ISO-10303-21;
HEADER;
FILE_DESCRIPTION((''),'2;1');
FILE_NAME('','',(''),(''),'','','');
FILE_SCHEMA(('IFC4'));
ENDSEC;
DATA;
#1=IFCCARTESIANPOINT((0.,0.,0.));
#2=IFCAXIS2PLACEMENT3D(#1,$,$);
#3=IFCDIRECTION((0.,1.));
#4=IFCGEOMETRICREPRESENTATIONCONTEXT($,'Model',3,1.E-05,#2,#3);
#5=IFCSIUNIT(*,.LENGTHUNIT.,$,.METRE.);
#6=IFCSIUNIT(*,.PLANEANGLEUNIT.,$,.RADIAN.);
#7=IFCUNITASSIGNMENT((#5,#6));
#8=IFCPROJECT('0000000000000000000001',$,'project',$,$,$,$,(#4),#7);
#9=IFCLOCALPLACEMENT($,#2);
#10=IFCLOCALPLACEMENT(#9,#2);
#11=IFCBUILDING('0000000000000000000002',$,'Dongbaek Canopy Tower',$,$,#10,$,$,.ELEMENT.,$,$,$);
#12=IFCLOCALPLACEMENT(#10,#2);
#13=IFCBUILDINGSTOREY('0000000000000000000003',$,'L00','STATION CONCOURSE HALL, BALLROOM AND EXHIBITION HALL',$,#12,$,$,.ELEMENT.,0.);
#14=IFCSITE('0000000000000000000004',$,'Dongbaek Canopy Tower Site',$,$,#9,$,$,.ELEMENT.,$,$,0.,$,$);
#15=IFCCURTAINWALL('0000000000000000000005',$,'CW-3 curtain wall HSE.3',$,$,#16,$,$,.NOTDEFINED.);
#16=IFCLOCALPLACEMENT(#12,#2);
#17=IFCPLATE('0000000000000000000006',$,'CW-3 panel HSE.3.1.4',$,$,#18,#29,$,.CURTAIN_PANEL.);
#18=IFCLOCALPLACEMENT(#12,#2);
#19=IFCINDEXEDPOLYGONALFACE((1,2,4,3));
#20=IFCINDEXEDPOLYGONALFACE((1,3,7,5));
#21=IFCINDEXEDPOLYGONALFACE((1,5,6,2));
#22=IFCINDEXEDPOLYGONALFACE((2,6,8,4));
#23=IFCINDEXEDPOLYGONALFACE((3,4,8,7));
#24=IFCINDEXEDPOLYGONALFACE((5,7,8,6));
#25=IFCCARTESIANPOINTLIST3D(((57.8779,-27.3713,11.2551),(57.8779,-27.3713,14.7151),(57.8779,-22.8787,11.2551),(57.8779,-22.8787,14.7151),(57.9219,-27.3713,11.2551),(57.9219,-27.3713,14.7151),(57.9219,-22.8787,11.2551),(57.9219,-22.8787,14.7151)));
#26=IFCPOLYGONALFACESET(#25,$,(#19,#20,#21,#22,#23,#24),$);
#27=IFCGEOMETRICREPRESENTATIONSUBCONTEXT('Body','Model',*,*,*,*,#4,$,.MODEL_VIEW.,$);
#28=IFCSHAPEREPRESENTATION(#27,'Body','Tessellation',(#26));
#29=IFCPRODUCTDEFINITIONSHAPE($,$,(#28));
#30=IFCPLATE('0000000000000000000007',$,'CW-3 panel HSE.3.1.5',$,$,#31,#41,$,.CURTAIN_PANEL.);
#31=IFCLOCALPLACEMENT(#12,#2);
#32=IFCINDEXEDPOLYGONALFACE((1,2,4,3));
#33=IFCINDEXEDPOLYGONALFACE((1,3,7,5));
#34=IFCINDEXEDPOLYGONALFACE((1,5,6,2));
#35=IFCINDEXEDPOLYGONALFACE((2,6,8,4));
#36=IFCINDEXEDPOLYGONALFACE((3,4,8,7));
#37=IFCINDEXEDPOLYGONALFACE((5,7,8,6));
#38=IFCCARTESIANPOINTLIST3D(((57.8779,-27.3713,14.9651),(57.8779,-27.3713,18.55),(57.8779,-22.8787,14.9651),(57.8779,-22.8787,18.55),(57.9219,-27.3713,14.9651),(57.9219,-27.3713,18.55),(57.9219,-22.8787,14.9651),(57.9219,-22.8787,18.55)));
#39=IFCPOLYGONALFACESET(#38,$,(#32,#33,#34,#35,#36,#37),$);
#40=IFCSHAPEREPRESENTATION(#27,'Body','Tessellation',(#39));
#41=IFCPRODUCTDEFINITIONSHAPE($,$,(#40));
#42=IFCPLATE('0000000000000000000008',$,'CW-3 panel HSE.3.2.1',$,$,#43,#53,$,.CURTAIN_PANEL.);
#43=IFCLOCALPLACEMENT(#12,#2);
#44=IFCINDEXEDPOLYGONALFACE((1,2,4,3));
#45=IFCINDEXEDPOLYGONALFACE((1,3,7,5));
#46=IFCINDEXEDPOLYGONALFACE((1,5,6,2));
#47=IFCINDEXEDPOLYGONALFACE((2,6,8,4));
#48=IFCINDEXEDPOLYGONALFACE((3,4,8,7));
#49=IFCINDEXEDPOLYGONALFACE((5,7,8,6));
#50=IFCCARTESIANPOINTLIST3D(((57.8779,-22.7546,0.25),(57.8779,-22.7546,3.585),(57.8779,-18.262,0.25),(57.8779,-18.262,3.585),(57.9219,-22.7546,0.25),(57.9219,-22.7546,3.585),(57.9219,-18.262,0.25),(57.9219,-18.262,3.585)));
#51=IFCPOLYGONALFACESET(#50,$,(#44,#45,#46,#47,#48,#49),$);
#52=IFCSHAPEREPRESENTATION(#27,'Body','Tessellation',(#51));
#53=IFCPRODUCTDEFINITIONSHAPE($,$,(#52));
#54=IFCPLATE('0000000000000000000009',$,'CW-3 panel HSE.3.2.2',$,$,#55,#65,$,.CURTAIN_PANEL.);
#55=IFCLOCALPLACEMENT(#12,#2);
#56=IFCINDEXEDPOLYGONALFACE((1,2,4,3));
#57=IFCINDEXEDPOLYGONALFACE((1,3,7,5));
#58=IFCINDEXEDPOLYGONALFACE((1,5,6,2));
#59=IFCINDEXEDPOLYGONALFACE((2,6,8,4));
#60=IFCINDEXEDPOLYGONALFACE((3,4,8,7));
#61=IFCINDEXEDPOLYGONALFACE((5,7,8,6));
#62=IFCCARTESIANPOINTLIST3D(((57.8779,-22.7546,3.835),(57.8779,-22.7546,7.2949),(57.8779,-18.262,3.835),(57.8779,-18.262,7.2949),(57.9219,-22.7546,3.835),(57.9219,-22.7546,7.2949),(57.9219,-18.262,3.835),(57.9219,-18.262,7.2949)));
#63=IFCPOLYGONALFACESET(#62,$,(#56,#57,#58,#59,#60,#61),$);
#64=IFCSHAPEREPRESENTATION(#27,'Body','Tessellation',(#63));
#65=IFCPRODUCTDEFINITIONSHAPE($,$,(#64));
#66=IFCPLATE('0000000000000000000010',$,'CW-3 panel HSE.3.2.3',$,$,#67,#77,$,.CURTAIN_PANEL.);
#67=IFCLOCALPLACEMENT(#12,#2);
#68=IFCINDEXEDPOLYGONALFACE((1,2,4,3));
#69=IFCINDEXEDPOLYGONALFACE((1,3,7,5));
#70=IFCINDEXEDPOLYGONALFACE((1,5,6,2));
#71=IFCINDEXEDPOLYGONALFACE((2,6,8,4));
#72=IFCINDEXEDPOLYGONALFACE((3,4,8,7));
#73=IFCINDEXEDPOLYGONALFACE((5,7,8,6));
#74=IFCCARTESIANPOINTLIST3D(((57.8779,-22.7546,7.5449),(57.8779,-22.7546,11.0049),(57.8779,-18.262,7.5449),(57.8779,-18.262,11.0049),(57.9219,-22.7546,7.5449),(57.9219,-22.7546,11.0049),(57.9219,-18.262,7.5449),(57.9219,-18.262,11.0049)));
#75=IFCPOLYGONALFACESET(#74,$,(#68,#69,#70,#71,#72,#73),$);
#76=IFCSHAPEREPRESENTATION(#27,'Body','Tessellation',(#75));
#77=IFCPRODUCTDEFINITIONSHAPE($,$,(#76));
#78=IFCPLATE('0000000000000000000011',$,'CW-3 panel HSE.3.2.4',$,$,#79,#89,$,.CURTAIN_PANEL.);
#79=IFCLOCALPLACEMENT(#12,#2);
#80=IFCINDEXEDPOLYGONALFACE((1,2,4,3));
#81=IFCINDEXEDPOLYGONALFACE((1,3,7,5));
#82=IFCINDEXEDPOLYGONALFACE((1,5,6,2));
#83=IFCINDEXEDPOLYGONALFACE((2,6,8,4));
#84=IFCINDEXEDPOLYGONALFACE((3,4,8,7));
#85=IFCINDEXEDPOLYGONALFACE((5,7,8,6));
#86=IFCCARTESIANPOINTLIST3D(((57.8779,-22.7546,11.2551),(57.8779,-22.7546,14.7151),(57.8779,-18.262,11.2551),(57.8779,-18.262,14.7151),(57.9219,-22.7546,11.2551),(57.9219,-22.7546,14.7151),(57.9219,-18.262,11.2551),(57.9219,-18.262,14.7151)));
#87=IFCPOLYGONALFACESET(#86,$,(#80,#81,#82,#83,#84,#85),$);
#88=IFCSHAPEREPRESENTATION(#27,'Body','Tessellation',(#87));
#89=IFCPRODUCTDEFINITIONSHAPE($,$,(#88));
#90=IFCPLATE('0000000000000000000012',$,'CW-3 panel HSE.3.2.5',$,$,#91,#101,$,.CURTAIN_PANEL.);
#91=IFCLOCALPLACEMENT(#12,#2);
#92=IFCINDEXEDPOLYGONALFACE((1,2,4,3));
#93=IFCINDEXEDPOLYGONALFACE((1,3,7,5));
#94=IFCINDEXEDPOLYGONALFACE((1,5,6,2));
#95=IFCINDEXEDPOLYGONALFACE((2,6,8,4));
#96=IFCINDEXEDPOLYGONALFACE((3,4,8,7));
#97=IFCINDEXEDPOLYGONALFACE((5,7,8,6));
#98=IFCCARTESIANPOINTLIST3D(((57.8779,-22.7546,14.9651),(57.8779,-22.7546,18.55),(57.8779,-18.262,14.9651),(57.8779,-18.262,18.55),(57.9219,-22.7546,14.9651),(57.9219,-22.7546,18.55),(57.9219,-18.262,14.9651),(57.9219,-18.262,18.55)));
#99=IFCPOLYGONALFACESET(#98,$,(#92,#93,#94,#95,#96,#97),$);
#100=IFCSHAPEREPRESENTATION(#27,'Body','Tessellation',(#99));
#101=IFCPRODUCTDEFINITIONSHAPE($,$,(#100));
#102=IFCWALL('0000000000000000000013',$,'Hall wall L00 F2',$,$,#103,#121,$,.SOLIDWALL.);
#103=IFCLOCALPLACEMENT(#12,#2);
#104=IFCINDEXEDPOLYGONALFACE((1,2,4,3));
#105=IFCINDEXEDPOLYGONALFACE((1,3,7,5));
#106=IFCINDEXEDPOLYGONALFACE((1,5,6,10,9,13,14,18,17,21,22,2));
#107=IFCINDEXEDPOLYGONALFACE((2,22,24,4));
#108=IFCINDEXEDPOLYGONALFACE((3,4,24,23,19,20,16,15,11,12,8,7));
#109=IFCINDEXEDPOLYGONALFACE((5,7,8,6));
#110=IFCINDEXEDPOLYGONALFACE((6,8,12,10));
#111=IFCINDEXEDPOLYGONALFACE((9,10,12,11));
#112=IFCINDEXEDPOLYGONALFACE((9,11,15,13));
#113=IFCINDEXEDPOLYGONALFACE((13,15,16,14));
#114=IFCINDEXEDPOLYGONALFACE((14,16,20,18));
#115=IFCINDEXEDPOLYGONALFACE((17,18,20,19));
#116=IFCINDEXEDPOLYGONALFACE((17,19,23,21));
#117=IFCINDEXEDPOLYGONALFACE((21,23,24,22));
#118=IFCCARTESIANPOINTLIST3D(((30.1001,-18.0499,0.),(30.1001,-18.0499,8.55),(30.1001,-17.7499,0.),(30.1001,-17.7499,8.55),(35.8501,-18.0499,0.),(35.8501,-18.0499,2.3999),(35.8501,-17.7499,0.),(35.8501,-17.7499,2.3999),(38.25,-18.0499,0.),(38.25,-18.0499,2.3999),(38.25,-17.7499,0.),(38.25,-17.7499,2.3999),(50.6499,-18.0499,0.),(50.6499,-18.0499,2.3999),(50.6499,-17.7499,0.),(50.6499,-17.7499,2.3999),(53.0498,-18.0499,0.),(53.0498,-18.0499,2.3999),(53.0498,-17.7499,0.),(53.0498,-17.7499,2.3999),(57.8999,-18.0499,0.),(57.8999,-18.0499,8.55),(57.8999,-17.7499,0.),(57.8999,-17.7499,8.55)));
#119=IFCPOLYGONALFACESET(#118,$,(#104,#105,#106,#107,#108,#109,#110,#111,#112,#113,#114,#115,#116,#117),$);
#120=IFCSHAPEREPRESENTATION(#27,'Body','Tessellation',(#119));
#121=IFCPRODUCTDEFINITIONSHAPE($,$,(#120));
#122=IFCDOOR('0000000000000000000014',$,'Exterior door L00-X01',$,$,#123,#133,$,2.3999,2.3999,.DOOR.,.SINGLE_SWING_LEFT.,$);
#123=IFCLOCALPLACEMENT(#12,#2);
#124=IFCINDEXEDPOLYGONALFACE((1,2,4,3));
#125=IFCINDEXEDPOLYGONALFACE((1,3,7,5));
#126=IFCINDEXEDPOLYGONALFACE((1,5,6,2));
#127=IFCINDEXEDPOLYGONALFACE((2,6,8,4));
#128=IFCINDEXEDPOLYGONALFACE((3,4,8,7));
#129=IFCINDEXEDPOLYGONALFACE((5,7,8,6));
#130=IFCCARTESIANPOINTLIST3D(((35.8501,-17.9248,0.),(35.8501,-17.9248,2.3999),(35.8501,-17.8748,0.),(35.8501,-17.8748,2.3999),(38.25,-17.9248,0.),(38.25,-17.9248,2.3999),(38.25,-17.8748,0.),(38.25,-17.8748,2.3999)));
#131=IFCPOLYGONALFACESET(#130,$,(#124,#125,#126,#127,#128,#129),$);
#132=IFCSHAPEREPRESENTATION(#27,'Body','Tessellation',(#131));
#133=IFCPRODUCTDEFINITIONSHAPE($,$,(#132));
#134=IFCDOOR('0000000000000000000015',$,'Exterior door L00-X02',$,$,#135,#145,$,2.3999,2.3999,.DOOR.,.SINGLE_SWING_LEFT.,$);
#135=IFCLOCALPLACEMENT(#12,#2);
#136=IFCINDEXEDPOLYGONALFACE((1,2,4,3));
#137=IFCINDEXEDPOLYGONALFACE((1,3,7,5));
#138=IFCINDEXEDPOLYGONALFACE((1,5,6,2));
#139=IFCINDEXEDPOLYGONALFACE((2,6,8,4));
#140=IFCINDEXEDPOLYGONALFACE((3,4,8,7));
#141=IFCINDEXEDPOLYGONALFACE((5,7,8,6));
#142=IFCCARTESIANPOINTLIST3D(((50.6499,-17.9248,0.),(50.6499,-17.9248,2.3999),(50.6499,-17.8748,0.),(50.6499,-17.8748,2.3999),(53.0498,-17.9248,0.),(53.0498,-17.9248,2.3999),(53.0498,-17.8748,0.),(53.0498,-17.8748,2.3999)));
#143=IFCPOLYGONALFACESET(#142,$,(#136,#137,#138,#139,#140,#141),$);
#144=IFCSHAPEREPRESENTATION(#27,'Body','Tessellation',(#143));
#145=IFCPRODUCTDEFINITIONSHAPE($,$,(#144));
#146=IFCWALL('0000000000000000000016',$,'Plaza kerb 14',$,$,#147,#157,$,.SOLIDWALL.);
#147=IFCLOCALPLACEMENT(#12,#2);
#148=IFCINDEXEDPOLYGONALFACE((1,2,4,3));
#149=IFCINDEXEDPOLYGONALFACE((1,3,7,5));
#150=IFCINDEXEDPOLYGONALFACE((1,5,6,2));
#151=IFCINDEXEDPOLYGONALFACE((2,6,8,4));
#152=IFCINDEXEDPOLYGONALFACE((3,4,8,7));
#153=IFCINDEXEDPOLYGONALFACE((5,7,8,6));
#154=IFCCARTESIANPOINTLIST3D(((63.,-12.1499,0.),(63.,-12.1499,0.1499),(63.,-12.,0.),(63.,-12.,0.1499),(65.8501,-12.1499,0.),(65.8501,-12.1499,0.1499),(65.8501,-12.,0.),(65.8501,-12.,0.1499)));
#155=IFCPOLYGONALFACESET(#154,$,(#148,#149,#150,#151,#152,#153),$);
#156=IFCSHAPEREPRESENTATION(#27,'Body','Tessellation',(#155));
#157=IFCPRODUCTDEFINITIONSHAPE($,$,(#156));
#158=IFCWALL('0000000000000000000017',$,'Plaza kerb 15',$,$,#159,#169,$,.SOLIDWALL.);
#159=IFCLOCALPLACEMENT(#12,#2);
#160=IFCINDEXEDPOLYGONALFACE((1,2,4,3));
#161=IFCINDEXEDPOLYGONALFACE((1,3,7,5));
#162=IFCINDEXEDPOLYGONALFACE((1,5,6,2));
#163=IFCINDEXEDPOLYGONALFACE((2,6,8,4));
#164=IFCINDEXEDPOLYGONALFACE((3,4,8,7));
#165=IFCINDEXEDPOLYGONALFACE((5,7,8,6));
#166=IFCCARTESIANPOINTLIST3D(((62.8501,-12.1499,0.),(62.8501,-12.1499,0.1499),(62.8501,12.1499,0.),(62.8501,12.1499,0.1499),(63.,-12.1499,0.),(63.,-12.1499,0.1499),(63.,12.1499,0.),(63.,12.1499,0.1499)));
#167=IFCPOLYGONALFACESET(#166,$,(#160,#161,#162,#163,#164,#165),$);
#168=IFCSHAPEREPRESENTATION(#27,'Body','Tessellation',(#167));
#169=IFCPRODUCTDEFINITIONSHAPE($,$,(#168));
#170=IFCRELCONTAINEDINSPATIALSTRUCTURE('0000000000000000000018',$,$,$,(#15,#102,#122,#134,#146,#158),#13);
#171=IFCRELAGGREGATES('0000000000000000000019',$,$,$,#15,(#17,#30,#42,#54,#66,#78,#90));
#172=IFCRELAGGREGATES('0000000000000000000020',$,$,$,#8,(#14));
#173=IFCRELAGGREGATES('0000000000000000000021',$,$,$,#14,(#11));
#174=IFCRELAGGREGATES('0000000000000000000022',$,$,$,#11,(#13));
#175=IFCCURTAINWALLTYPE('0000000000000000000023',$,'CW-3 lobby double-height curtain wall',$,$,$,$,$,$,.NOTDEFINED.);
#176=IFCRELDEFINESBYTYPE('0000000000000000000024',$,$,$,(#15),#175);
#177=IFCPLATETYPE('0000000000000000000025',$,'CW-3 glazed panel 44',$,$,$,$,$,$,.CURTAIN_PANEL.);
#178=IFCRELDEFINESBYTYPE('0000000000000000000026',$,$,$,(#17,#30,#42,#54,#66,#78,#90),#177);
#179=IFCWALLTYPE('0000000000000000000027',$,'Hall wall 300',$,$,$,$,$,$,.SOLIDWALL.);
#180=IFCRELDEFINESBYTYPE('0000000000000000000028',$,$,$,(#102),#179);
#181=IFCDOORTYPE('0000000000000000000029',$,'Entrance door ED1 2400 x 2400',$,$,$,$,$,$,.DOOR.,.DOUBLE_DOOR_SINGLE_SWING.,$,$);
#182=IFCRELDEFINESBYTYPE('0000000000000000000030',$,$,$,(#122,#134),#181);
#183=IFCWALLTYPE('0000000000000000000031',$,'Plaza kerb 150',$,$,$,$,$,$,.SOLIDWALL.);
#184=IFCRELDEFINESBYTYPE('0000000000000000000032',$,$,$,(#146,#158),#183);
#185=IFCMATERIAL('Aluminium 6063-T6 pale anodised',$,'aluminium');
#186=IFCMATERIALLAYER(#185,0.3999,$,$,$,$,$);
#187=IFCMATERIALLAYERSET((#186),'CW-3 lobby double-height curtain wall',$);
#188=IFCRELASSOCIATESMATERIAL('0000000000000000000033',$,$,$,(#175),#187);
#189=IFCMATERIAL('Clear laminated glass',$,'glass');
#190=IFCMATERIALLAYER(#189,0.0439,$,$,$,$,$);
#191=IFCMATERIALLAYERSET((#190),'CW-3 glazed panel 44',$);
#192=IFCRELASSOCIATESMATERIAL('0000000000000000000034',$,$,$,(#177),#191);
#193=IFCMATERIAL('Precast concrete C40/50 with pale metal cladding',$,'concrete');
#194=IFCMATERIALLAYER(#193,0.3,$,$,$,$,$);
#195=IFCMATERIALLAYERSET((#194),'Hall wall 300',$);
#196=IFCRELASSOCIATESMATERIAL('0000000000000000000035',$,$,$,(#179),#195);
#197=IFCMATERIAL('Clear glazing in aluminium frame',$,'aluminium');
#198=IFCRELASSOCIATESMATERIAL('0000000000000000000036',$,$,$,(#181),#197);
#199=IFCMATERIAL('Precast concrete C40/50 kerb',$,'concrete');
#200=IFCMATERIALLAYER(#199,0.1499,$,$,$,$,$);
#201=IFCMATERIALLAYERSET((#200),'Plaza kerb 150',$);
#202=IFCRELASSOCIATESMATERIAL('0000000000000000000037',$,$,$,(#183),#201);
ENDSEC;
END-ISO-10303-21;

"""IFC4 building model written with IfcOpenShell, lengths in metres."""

from ifc_helpers import new_model, si_unit, direction, frame, frame_2d, origin, origin_2d, place, context, subcontext, project, spatial, rectangle, extrude, material, layer, layer_set, type_object, element, fill, aggregate, save


model = new_model("IFC4")

# Units and contexts
model_context = context("Model", 3, precision=1e-05, world=origin(), true_north=direction((0.0, 1.0)))
body_context = subcontext(model_context, "Body", "Model", "MODEL_VIEW")
ifc_project = project(units=[si_unit("LENGTHUNIT", "METRE"), si_unit("PLANEANGLEUNIT", "RADIAN")], contexts=[model_context])

# Site, building, storey
site_placement = place(None, origin())
site = spatial("IfcSite", under=ifc_project, at=site_placement, Name="Dongbaek Canopy Tower Site", CompositionType="ELEMENT", RefElevation=0.0)
building_placement = place(site_placement, origin())
building = spatial("IfcBuilding", under=site, at=building_placement, Name="Dongbaek Canopy Tower", CompositionType="ELEMENT")
storey_placement = place(building_placement, origin())
storey = spatial("IfcBuildingStorey", under=building, at=storey_placement, Name="L00", Description="STATION CONCOURSE HALL, BALLROOM AND EXHIBITION HALL", CompositionType="ELEMENT", Elevation=0.0)

# Curtain wall, plates
ifc_material_1 = material(Name="Aluminium 6063-T6 pale anodised", Category="aluminium")
ifc_layer_1 = layer(ifc_material_1, 0.3999)
ifc_layer_set_1 = layer_set([ifc_layer_1], Name="CW-3 lobby double-height curtain wall")
curtain_wall_type = type_object("IfcCurtainWallType", Name="CW-3 lobby double-height curtain wall", PredefinedType="NOTDEFINED", material=ifc_layer_set_1)
curtain_wall_placement = place(storey_placement, origin())
curtain_wall = element("IfcCurtainWall", 1, at=curtain_wall_placement, inside=storey, type_object=curtain_wall_type, Name="CW-3 curtain wall HSE.3", PredefinedType="NOTDEFINED")
ifc_material_2 = material(Name="Clear laminated glass", Category="glass")
ifc_layer_2 = layer(ifc_material_2, 0.0439)
ifc_layer_set_2 = layer_set([ifc_layer_2], Name="CW-3 glazed panel 44")
plate_type = type_object("IfcPlateType", Name="CW-3 glazed panel 44", PredefinedType="CURTAIN_PANEL", material=ifc_layer_set_2)
plate_1_placement = place(storey_placement, frame((57.8999, -25.125, 11.2551), z_axis=(0.0, 0.0, 1.0), x_axis=(0.0, 1.0, 0.0)))
plate_1 = element("IfcPlate", 2, at=plate_1_placement, type_object=plate_type, Name="CW-3 panel HSE.3.1.4", PredefinedType="CURTAIN_PANEL", context=body_context, shape_type="SweptSolid", body=[
    extrude(rectangle(XDim=4.4927, YDim=0.0439, at=origin_2d()), origin(), (0.0, 0.0, 1.0), 3.46),
])
plate_2_placement = place(storey_placement, frame((57.8999, -25.125, 14.9651), z_axis=(0.0, 0.0, 1.0), x_axis=(0.0, 1.0, 0.0)))
plate_2 = element("IfcPlate", 3, at=plate_2_placement, type_object=plate_type, Name="CW-3 panel HSE.3.1.5", PredefinedType="CURTAIN_PANEL", context=body_context, shape_type="SweptSolid", body=[
    extrude(rectangle(XDim=4.4927, YDim=0.0439, at=origin_2d()), origin(), (0.0, 0.0, 1.0), 3.585),
])
plate_3_placement = place(storey_placement, frame((57.8999, -20.5083, 0.25), z_axis=(0.0, 0.0, 1.0), x_axis=(0.0, 1.0, 0.0)))
plate_3 = element("IfcPlate", 4, at=plate_3_placement, type_object=plate_type, Name="CW-3 panel HSE.3.2.1", PredefinedType="CURTAIN_PANEL", context=body_context, shape_type="SweptSolid", body=[
    extrude(rectangle(XDim=4.4927, YDim=0.0439, at=origin_2d()), origin(), (0.0, 0.0, 1.0), 3.335),
])
plate_4_placement = place(storey_placement, frame((57.8999, -20.5083, 3.835), z_axis=(0.0, 0.0, 1.0), x_axis=(0.0, 1.0, 0.0)))
plate_4 = element("IfcPlate", 5, at=plate_4_placement, type_object=plate_type, Name="CW-3 panel HSE.3.2.2", PredefinedType="CURTAIN_PANEL", context=body_context, shape_type="SweptSolid", body=[
    extrude(rectangle(XDim=4.4927, YDim=0.0439, at=origin_2d()), origin(), (0.0, 0.0, 1.0), 3.46),
])
plate_5_placement = place(storey_placement, frame((57.8999, -20.5083, 7.5449), z_axis=(0.0, 0.0, 1.0), x_axis=(0.0, 1.0, 0.0)))
plate_5 = element("IfcPlate", 6, at=plate_5_placement, type_object=plate_type, Name="CW-3 panel HSE.3.2.3", PredefinedType="CURTAIN_PANEL", context=body_context, shape_type="SweptSolid", body=[
    extrude(rectangle(XDim=4.4927, YDim=0.0439, at=origin_2d()), origin(), (0.0, 0.0, 1.0), 3.46),
])
plate_6_placement = place(storey_placement, frame((57.8999, -20.5083, 11.2551), z_axis=(0.0, 0.0, 1.0), x_axis=(0.0, 1.0, 0.0)))
plate_6 = element("IfcPlate", 7, at=plate_6_placement, type_object=plate_type, Name="CW-3 panel HSE.3.2.4", PredefinedType="CURTAIN_PANEL", context=body_context, shape_type="SweptSolid", body=[
    extrude(rectangle(XDim=4.4927, YDim=0.0439, at=origin_2d()), origin(), (0.0, 0.0, 1.0), 3.46),
])
plate_7_placement = place(storey_placement, frame((57.8999, -20.5083, 14.9651), z_axis=(0.0, 0.0, 1.0), x_axis=(0.0, 1.0, 0.0)))
plate_7 = element("IfcPlate", 8, at=plate_7_placement, type_object=plate_type, Name="CW-3 panel HSE.3.2.5", PredefinedType="CURTAIN_PANEL", context=body_context, shape_type="SweptSolid", body=[
    extrude(rectangle(XDim=4.4927, YDim=0.0439, at=origin_2d()), origin(), (0.0, 0.0, 1.0), 3.585),
])
aggregate(curtain_wall, [plate_1, plate_2, plate_3, plate_4, plate_5, plate_6, plate_7])

# Wall, openings, doors
ifc_material_3 = material(Name="Precast concrete C40/50 with pale metal cladding", Category="concrete")
ifc_layer_3 = layer(ifc_material_3, 0.3)
ifc_layer_set_3 = layer_set([ifc_layer_3], Name="Hall wall 300")
wall_type_1 = type_object("IfcWallType", Name="Hall wall 300", PredefinedType="SOLIDWALL", material=ifc_layer_set_3)
wall_1_placement = place(storey_placement, frame((57.8999, -17.8999, 0.0), z_axis=(0.0, 0.0, 1.0), x_axis=(-1.0, 0.0, 0.0)))
wall_1 = element("IfcWall", 9, at=wall_1_placement, inside=storey, type_object=wall_type_1, Name="Hall wall L00 F2", PredefinedType="SOLIDWALL", context=body_context, shape_type="SweptSolid", body=[
    extrude(rectangle(XDim=27.7998, YDim=0.3, at=frame_2d((13.8999, 0.0))), origin(), (0.0, 0.0, 1.0), 8.55),
])
opening_1_placement = place(wall_1_placement, frame((19.6499, 0.0, 0.0)))
opening_1 = element("IfcOpeningElement", 10, at=opening_1_placement, cuts=wall_1, PredefinedType="OPENING", context=body_context, shape_type="SweptSolid", body=[
    extrude(rectangle(XDim=2.3999, YDim=2.3999, at=frame_2d((1.2, 1.2))), frame((0.0, 0.1599, 0.0), z_axis=(0.0, -1.0, 0.0), x_axis=(1.0, 0.0, 0.0)), (0.0, 0.0, 1.0), 0.3201),
])
opening_2_placement = place(wall_1_placement, frame((4.8501, 0.0, 0.0)))
opening_2 = element("IfcOpeningElement", 11, at=opening_2_placement, cuts=wall_1, PredefinedType="OPENING", context=body_context, shape_type="SweptSolid", body=[
    extrude(rectangle(XDim=2.3999, YDim=2.3999, at=frame_2d((1.2, 1.2))), frame((0.0, 0.1599, 0.0), z_axis=(0.0, -1.0, 0.0), x_axis=(1.0, 0.0, 0.0)), (0.0, 0.0, 1.0), 0.3201),
])
ifc_material_4 = material(Name="Clear glazing in aluminium frame", Category="aluminium")
door_type = type_object("IfcDoorType", Name="Entrance door ED1 2400 x 2400", OperationType="DOUBLE_DOOR_SINGLE_SWING", PredefinedType="DOOR", material=ifc_material_4)
door_1_placement = place(opening_1_placement, origin())
door_1 = element("IfcDoor", 12, at=door_1_placement, inside=storey, type_object=door_type, Name="Exterior door L00-X01", OperationType="SINGLE_SWING_LEFT", OverallHeight=2.3999, OverallWidth=2.3999, PredefinedType="DOOR", context=body_context, shape_type="SweptSolid", body=[
    extrude(rectangle(XDim=2.3999, YDim=2.3999, at=frame_2d((1.2, 1.2))), frame((0.0, 0.0249, 0.0), z_axis=(0.0, -1.0, 0.0), x_axis=(1.0, 0.0, 0.0)), (0.0, 0.0, 1.0), 0.05),
])
fill(opening_1, door_1)
door_2_placement = place(opening_2_placement, origin())
door_2 = element("IfcDoor", 13, at=door_2_placement, inside=storey, type_object=door_type, Name="Exterior door L00-X02", OperationType="SINGLE_SWING_LEFT", OverallHeight=2.3999, OverallWidth=2.3999, PredefinedType="DOOR", context=body_context, shape_type="SweptSolid", body=[
    extrude(rectangle(XDim=2.3999, YDim=2.3999, at=frame_2d((1.2, 1.2))), frame((0.0, 0.0249, 0.0), z_axis=(0.0, -1.0, 0.0), x_axis=(1.0, 0.0, 0.0)), (0.0, 0.0, 1.0), 0.05),
])
fill(opening_2, door_2)

# Walls
ifc_material_5 = material(Name="Precast concrete C40/50 kerb", Category="concrete")
ifc_layer_4 = layer(ifc_material_5, 0.1499)
ifc_layer_set_4 = layer_set([ifc_layer_4], Name="Plaza kerb 150")
wall_type_2 = type_object("IfcWallType", Name="Plaza kerb 150", PredefinedType="SOLIDWALL", material=ifc_layer_set_4)
wall_2_placement = place(storey_placement, frame((63.0, -12.075, 0.0), z_axis=(0.0, 0.0, 1.0), x_axis=(1.0, 0.0, 0.0)))
element("IfcWall", 14, at=wall_2_placement, inside=storey, type_object=wall_type_2, Name="Plaza kerb 14", PredefinedType="SOLIDWALL", context=body_context, shape_type="SweptSolid", body=[
    extrude(rectangle(XDim=2.8501, YDim=0.1499, at=frame_2d((1.425, 0.0))), origin(), (0.0, 0.0, 1.0), 0.1499),
])
wall_3_placement = place(storey_placement, frame((62.925, -12.1499, 0.0), z_axis=(0.0, 0.0, 1.0), x_axis=(0.0, 1.0, 0.0)))
element("IfcWall", 15, at=wall_3_placement, inside=storey, type_object=wall_type_2, Name="Plaza kerb 15", PredefinedType="SOLIDWALL", context=body_context, shape_type="SweptSolid", body=[
    extrude(rectangle(XDim=24.2998, YDim=0.1499, at=frame_2d((12.1499, 0.0))), origin(), (0.0, 0.0, 1.0), 0.1499),
])

save(model, "model.ifc")
